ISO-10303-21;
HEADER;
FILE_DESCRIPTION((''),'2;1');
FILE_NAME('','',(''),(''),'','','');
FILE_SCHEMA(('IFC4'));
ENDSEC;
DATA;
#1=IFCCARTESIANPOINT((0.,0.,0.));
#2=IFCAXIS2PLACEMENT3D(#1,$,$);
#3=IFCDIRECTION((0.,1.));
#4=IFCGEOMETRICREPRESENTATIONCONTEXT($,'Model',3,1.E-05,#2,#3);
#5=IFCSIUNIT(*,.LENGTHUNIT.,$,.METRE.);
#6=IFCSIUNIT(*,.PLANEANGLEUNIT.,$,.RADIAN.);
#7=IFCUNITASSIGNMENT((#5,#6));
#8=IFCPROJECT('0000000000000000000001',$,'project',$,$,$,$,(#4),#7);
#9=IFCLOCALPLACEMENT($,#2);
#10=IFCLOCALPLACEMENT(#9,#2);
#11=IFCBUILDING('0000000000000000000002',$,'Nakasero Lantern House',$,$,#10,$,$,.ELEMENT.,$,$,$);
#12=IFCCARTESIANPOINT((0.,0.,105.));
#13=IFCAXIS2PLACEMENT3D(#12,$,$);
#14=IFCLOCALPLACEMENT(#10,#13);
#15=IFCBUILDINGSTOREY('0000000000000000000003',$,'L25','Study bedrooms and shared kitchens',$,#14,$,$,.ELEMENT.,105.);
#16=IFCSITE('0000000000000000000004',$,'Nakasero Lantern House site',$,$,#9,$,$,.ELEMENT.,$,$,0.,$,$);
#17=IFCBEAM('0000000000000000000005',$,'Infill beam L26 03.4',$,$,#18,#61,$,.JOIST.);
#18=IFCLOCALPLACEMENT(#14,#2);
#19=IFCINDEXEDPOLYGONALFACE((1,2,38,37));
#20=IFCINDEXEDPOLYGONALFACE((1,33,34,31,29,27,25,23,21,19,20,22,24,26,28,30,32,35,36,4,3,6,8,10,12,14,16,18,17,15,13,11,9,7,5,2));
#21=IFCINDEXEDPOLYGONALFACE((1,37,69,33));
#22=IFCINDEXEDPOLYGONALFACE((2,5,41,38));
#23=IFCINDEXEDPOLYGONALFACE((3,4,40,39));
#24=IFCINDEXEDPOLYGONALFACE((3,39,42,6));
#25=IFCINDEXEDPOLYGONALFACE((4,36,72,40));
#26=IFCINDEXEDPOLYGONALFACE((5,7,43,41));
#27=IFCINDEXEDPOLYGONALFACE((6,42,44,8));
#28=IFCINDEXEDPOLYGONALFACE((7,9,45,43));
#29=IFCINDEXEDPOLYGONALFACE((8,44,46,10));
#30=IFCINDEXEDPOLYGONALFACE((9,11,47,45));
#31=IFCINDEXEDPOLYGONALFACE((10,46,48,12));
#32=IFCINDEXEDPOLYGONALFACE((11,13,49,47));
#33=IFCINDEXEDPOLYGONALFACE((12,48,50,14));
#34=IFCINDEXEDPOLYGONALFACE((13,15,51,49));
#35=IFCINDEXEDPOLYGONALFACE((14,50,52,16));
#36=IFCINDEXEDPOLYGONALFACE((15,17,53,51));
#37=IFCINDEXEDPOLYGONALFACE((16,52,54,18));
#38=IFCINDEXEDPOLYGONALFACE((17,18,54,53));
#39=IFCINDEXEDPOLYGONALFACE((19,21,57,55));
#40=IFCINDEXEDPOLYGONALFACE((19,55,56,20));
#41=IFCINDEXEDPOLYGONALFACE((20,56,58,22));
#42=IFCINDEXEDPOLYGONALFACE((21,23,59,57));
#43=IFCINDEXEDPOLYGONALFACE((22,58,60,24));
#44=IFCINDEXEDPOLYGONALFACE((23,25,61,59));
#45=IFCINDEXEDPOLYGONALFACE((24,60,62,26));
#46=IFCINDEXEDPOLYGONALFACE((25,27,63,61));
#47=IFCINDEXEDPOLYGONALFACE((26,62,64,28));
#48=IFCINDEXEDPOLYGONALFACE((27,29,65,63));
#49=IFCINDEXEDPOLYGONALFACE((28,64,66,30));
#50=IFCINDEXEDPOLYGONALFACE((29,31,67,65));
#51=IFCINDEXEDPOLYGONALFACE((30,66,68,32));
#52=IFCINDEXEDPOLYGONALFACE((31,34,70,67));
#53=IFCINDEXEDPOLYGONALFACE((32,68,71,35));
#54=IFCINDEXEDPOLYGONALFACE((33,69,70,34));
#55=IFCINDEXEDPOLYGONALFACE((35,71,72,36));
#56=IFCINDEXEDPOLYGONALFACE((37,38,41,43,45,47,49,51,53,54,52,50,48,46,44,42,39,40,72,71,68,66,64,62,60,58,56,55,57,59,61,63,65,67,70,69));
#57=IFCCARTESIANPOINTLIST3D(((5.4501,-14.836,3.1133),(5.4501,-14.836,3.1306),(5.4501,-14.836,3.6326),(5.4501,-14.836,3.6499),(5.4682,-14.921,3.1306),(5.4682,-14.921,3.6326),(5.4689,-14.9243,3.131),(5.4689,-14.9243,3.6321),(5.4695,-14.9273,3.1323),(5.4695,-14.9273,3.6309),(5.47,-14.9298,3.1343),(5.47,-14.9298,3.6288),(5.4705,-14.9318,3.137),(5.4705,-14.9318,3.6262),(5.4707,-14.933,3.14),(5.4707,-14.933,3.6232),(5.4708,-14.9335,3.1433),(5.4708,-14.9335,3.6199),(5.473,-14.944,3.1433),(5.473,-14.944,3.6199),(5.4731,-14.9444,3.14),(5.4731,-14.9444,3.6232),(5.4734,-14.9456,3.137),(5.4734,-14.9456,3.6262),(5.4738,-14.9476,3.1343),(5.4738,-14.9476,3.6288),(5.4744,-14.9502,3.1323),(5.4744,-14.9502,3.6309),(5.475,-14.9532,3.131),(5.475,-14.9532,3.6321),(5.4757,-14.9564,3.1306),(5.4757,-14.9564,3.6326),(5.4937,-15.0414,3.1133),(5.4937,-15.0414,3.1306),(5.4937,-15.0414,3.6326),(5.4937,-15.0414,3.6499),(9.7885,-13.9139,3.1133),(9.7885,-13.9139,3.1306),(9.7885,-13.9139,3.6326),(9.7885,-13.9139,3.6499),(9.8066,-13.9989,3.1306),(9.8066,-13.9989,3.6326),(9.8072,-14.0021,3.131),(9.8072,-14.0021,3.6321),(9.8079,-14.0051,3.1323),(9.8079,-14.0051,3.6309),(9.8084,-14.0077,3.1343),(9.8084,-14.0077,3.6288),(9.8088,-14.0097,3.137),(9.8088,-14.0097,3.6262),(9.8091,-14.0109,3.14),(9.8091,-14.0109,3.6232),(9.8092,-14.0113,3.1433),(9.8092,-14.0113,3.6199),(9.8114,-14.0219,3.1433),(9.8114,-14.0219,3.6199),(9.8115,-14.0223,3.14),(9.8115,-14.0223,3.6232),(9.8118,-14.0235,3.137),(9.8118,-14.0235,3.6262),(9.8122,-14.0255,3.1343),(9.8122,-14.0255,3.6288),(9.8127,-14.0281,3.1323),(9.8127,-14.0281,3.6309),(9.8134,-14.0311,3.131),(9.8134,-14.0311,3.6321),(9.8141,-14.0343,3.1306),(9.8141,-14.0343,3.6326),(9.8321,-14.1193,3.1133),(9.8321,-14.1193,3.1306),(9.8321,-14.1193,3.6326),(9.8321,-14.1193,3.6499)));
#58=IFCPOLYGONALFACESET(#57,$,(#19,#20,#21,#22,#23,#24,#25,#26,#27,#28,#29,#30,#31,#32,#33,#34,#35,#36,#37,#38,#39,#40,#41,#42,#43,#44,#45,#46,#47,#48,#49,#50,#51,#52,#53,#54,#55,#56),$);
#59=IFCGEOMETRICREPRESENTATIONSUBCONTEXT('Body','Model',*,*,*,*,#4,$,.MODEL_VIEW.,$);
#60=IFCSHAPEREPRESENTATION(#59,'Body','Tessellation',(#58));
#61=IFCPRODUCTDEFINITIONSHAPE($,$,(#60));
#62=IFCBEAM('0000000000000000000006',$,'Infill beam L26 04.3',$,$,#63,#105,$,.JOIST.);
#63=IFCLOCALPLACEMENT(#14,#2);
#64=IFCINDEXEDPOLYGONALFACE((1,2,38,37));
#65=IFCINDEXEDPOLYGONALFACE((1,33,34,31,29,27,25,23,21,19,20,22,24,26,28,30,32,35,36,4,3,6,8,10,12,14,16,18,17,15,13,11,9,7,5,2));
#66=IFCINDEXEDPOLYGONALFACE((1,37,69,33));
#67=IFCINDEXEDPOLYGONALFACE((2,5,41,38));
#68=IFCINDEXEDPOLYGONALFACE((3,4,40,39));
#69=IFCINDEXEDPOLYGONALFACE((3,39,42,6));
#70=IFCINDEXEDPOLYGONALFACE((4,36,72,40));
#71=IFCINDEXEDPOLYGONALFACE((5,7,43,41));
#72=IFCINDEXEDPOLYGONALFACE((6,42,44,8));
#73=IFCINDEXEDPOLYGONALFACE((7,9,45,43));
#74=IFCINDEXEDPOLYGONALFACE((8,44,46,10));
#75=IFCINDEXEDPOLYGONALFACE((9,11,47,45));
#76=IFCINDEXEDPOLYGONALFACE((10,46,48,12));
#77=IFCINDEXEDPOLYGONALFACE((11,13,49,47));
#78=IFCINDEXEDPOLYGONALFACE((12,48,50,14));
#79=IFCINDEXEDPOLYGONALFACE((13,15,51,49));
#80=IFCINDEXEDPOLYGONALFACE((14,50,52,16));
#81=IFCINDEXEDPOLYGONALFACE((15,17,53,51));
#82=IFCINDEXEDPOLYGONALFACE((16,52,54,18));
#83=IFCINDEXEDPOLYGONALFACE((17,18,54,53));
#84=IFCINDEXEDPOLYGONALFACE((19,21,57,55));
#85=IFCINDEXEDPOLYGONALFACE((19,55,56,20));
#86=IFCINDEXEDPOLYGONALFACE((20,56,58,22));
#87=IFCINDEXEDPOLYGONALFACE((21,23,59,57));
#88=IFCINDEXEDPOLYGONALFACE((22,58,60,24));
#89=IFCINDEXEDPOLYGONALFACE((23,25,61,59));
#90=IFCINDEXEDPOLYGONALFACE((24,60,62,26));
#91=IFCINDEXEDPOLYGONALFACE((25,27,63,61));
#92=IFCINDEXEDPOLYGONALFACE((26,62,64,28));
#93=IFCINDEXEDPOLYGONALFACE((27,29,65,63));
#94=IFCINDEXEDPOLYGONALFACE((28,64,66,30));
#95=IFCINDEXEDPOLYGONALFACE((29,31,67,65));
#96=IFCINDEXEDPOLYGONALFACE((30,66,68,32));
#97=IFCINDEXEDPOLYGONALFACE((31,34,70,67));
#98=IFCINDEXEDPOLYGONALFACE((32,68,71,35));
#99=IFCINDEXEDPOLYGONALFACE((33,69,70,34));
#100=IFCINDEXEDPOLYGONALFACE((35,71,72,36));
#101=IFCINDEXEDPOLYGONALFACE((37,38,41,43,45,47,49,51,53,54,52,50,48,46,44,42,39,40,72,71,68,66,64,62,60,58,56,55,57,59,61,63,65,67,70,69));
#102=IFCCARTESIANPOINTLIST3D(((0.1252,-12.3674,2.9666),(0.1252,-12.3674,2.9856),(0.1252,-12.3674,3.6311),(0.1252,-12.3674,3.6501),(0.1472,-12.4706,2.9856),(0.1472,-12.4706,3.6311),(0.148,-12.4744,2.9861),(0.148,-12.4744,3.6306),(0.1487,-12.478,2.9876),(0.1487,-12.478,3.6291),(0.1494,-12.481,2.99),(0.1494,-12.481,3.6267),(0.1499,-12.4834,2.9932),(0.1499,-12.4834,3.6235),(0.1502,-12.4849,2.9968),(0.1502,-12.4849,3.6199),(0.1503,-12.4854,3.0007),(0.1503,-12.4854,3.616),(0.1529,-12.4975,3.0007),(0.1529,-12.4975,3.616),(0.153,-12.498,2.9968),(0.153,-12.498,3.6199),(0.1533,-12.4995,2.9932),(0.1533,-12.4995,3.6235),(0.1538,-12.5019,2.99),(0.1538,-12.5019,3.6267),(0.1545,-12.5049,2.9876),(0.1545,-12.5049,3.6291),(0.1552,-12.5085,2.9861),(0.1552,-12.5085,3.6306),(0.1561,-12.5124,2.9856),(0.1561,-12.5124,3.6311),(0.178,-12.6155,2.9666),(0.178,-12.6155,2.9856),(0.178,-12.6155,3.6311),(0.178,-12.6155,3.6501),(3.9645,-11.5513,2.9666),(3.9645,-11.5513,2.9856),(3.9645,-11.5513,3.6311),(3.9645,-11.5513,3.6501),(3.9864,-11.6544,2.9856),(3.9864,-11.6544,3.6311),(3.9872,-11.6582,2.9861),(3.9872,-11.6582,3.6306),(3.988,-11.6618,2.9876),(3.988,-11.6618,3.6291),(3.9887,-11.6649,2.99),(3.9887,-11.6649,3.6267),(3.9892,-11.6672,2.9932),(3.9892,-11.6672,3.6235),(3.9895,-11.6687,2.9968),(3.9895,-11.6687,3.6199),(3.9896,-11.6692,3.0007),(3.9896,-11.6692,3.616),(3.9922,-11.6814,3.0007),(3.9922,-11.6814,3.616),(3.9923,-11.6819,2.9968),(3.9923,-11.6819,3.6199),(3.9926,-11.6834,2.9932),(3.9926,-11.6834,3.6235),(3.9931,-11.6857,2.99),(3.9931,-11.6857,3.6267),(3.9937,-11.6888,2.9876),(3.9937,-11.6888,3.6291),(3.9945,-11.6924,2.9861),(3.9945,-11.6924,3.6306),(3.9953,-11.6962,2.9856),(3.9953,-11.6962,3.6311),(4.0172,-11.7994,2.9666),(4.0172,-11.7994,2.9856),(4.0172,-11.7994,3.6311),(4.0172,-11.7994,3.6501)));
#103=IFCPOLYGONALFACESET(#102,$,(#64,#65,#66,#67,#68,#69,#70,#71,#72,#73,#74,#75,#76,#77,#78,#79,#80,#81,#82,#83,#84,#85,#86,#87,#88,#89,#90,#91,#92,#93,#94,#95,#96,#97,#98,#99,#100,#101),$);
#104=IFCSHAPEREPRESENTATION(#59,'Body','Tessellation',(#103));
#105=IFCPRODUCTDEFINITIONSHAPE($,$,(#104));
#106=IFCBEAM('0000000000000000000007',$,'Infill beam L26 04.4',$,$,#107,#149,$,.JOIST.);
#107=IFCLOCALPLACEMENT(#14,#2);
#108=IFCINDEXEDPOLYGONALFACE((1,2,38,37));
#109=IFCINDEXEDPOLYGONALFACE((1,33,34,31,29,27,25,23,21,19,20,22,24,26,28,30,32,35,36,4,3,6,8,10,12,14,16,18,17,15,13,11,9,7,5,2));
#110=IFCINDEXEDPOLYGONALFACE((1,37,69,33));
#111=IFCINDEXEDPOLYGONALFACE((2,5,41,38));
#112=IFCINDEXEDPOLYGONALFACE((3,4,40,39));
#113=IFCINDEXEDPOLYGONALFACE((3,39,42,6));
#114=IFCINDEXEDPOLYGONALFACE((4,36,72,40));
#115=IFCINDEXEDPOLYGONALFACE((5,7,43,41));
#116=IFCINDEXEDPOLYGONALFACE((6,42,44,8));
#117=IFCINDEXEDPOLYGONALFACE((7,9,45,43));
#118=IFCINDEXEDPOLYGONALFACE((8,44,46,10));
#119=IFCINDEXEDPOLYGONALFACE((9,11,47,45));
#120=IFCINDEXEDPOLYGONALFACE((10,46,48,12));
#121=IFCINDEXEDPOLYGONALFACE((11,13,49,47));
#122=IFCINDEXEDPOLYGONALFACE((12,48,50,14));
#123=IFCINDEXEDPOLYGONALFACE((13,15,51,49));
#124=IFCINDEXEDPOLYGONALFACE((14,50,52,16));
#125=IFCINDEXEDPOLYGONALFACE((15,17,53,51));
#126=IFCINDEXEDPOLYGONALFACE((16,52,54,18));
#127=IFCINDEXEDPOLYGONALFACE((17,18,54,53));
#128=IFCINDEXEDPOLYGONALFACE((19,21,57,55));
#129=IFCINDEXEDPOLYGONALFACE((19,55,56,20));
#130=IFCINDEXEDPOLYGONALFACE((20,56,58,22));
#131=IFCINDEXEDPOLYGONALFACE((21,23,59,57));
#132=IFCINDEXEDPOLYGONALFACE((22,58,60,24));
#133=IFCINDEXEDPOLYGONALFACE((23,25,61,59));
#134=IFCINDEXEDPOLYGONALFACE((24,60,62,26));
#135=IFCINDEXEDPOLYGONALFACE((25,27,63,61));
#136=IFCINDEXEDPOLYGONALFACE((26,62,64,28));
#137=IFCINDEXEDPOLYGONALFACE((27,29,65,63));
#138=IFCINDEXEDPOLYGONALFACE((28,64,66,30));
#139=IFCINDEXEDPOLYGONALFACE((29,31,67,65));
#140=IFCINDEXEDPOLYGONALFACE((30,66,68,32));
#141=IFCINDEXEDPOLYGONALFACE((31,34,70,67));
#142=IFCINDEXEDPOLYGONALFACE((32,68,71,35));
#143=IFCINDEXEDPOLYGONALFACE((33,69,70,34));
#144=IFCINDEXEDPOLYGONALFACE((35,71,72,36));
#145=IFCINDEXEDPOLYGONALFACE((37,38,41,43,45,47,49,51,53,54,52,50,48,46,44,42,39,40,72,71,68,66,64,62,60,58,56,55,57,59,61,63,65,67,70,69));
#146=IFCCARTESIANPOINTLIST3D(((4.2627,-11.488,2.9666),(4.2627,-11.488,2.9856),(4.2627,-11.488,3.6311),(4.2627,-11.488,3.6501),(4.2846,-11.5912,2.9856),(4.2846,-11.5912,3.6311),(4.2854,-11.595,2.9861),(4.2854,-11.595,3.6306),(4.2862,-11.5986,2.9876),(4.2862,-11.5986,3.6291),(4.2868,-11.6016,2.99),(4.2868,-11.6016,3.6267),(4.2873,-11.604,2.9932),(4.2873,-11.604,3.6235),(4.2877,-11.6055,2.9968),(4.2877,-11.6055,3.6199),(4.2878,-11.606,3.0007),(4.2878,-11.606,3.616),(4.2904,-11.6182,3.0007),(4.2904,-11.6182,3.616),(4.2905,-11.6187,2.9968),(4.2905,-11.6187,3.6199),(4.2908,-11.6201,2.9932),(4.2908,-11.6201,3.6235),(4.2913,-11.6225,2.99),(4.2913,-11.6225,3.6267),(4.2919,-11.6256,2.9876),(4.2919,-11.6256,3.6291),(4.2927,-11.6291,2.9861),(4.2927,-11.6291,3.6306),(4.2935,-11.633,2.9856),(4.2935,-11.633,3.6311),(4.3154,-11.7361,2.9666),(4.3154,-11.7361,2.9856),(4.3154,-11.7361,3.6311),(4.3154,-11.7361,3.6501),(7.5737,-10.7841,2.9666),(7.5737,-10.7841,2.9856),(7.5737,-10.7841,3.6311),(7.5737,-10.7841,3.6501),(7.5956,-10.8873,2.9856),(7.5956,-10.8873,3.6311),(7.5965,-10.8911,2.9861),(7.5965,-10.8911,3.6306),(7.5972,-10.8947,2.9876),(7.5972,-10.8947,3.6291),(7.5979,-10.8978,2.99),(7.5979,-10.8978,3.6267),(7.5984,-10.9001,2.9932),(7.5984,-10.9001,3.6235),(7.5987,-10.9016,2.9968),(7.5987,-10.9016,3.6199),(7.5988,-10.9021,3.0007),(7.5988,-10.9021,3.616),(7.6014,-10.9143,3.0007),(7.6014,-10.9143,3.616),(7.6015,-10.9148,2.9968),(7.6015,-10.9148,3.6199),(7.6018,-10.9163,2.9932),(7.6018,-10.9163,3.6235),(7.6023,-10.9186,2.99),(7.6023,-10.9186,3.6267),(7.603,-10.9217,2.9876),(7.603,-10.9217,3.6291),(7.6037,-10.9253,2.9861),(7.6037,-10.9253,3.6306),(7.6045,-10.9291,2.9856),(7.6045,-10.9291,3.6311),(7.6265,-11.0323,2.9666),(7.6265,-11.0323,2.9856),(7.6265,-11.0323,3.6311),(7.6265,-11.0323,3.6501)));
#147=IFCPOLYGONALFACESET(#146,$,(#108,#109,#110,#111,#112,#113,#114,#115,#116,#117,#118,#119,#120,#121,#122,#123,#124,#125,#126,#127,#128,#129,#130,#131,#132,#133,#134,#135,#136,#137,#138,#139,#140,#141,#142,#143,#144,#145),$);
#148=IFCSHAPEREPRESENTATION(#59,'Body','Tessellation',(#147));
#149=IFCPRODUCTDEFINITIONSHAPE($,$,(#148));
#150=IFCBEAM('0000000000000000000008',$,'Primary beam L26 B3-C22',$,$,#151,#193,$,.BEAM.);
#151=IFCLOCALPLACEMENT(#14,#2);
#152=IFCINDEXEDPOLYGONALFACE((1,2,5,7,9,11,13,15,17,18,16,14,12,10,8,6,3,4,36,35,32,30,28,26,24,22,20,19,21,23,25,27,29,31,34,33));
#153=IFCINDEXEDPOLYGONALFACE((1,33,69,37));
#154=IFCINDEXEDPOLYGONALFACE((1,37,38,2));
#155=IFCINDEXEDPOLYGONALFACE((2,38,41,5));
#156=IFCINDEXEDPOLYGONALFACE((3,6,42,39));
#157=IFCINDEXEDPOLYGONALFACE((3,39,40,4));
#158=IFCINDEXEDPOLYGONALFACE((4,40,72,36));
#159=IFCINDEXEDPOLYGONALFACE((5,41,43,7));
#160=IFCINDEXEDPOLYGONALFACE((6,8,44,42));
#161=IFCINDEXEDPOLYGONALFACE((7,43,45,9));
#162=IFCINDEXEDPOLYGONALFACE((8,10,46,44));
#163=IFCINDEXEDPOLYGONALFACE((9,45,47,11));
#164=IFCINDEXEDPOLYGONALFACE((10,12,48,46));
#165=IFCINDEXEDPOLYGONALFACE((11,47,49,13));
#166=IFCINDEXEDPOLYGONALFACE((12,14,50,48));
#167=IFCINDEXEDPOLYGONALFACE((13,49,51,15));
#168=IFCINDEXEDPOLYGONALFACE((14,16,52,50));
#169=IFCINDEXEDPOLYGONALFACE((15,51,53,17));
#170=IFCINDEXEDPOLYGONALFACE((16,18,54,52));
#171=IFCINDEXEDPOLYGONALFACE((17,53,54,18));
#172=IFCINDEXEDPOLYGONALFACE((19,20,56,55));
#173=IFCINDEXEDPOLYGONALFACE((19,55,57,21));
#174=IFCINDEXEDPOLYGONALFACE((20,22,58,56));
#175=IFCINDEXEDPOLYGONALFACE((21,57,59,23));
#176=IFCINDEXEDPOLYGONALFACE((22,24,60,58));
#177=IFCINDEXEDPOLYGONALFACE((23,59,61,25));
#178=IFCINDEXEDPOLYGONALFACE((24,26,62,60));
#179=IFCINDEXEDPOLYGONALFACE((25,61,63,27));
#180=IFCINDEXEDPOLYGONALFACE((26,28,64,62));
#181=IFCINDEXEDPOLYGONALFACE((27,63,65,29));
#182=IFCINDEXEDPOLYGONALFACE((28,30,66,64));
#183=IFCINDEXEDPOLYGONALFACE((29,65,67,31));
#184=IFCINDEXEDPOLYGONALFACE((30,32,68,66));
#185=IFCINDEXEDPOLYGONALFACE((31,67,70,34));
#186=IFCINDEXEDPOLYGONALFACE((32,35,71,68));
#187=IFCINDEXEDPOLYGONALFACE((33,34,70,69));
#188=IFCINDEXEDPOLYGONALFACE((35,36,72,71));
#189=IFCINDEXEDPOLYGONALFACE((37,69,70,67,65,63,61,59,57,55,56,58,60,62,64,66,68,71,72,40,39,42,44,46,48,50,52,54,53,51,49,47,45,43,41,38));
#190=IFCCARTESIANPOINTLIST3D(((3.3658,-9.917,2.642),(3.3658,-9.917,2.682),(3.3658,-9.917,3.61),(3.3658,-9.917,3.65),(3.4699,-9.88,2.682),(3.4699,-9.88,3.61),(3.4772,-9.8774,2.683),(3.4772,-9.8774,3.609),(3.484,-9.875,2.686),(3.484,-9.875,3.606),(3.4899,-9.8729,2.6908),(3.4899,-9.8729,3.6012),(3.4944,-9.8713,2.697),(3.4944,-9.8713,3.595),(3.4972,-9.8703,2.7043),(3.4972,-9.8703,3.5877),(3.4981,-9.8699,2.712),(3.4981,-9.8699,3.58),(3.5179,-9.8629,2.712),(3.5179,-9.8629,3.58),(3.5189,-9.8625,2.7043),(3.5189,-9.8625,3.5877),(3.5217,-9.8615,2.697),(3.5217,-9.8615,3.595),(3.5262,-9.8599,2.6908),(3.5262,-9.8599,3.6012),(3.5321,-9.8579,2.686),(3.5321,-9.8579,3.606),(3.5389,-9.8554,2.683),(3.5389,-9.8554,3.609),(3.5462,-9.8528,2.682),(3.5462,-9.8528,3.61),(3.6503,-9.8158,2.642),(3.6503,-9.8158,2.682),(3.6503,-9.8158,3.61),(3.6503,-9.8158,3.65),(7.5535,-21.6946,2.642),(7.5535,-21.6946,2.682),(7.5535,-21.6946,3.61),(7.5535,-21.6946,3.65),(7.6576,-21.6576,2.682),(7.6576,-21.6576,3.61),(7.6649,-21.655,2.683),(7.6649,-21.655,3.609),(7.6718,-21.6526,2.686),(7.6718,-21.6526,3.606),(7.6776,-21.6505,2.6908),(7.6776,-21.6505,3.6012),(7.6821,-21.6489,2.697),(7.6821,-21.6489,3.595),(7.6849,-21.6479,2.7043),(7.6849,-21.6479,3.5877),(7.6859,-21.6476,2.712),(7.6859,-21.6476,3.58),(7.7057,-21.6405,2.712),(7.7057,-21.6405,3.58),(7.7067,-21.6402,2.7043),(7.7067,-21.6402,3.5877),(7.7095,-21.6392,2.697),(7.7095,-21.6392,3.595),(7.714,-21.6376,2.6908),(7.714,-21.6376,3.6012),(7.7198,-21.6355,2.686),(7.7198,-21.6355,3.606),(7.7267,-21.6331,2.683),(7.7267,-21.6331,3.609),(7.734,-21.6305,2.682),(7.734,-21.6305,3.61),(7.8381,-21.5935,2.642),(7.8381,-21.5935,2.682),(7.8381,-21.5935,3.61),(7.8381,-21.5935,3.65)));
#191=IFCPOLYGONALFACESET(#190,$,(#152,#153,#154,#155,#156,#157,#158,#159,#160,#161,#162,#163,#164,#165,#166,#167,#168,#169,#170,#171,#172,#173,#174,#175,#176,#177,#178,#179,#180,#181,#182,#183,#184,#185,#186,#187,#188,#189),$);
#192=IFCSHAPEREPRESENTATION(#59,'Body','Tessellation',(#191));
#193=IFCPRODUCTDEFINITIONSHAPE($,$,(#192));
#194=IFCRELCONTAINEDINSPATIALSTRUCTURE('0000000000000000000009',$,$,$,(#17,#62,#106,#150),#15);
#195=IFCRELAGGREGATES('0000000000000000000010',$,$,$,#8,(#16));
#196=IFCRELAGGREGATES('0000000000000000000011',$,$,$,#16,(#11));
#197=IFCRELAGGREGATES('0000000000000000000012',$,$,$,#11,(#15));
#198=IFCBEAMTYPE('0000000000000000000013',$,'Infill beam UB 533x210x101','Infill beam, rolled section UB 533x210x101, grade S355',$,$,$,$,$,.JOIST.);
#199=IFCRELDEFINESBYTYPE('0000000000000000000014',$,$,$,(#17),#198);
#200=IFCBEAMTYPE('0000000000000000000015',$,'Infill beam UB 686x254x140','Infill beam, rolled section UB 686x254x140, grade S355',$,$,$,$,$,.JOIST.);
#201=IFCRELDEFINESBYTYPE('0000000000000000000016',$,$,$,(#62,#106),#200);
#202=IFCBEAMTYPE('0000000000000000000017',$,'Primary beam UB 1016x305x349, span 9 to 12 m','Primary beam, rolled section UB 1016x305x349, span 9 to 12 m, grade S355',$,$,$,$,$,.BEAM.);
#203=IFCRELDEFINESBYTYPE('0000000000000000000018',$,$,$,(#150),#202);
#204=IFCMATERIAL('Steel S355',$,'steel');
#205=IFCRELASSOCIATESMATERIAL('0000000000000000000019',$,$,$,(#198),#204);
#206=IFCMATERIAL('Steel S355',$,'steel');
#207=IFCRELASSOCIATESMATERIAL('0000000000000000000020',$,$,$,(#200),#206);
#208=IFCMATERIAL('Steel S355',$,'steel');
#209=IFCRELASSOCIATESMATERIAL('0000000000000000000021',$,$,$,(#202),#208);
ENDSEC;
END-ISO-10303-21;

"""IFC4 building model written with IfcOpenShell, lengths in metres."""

from ifc_helpers import new_model, si_unit, direction, frame, origin, origin_2d, place, context, subcontext, project, spatial, i_section, extrude, material, material_profile, profile_set, type_object, element, save


model = new_model("IFC4")

# Units and contexts
model_context = context("Model", 3, precision=1e-05, world=origin(), true_north=direction((0.0, 1.0)))
body_context = subcontext(model_context, "Body", "Model", "MODEL_VIEW")
ifc_project = project(units=[si_unit("LENGTHUNIT", "METRE"), si_unit("PLANEANGLEUNIT", "RADIAN")], contexts=[model_context])

# Site, building, storey
site_placement = place(None, origin())
site = spatial("IfcSite", under=ifc_project, at=site_placement, Name="Nakasero Lantern House site", CompositionType="ELEMENT", RefElevation=0.0)
building_placement = place(site_placement, origin())
building = spatial("IfcBuilding", under=site, at=building_placement, Name="Nakasero Lantern House", CompositionType="ELEMENT")
storey_placement = place(building_placement, frame((0.0, 0.0, 105.0)))
storey = spatial("IfcBuildingStorey", under=building, at=storey_placement, Name="L25", Description="Study bedrooms and shared kitchens", CompositionType="ELEMENT", Elevation=105.0)

# Beams
ifc_material_1 = material(Name="Steel S355", Category="steel")
ifc_material_profile_1 = material_profile(ifc_material_1, i_section(OverallWidth=0.21, OverallDepth=0.5366, WebThickness=0.0107, FlangeThickness=0.0173, FilletRadius=0.0127, at=origin_2d()), Name="UB 533x210x101")
ifc_profile_set_1 = profile_set([ifc_material_profile_1], Name="Steel S355")
beam_type_1 = type_object("IfcBeamType", Name="Infill beam UB 533x210x101", Description="Infill beam, rolled section UB 533x210x101, grade S355", PredefinedType="JOIST", material=ifc_profile_set_1)
beam_1_placement = place(storey_placement, frame((5.4719, -14.9387, 3.3816), z_axis=(0.978149, 0.207905, 0.0), x_axis=(-0.207905, 0.978149, 0.0)))
element("IfcBeam", 1, at=beam_1_placement, inside=storey, type_object=beam_type_1, Name="Infill beam L26 03.4", PredefinedType="JOIST", context=body_context, shape_type="SweptSolid", body=[
    extrude(i_section(OverallWidth=0.21, OverallDepth=0.5366, WebThickness=0.0107, FlangeThickness=0.0173, FilletRadius=0.0127, at=origin_2d()), origin(), (0.0, 0.0, 1.0), 4.4353),
])
ifc_material_2 = material(Name="Steel S355", Category="steel")
ifc_material_profile_2 = material_profile(ifc_material_2, i_section(OverallWidth=0.2537, OverallDepth=0.6836, WebThickness=0.0125, FlangeThickness=0.019, FilletRadius=0.0151, at=origin_2d()), Name="UB 686x254x140")
ifc_profile_set_2 = profile_set([ifc_material_profile_2], Name="Steel S355")
beam_type_2 = type_object("IfcBeamType", Name="Infill beam UB 686x254x140", Description="Infill beam, rolled section UB 686x254x140, grade S355", PredefinedType="JOIST", material=ifc_profile_set_2)
beam_2_placement = place(storey_placement, frame((0.1516, -12.4915, 3.3083), z_axis=(0.978143, 0.207932, 0.0), x_axis=(-0.207932, 0.978143, 0.0)))
element("IfcBeam", 2, at=beam_2_placement, inside=storey, type_object=beam_type_2, Name="Infill beam L26 04.3", PredefinedType="JOIST", context=body_context, shape_type="SweptSolid", body=[
    extrude(i_section(OverallWidth=0.2537, OverallDepth=0.6836, WebThickness=0.0125, FlangeThickness=0.019, FilletRadius=0.0151, at=origin_2d()), origin(), (0.0, 0.0, 1.0), 3.925),
])
beam_3_placement = place(storey_placement, frame((4.2891, -11.6121, 3.3083), z_axis=(0.978143, 0.207933, 0.0), x_axis=(-0.207933, 0.978143, 0.0)))
element("IfcBeam", 3, at=beam_3_placement, inside=storey, type_object=beam_type_2, Name="Infill beam L26 04.4", PredefinedType="JOIST", context=body_context, shape_type="SweptSolid", body=[
    extrude(i_section(OverallWidth=0.2537, OverallDepth=0.6836, WebThickness=0.0125, FlangeThickness=0.019, FilletRadius=0.0151, at=origin_2d()), origin(), (0.0, 0.0, 1.0), 3.385),
])
ifc_material_3 = material(Name="Steel S355", Category="steel")
ifc_material_profile_3 = material_profile(ifc_material_3, i_section(OverallWidth=0.302, OverallDepth=1.0081, WebThickness=0.021, FlangeThickness=0.04, FilletRadius=0.03, at=origin_2d()), Name="UB 1016x305x349")
ifc_profile_set_3 = profile_set([ifc_material_profile_3], Name="Steel S355")
beam_type_3 = type_object("IfcBeamType", Name="Primary beam UB 1016x305x349, span 9 to 12 m", Description="Primary beam, rolled section UB 1016x305x349, span 9 to 12 m, grade S355", PredefinedType="BEAM", material=ifc_profile_set_3)
beam_4_placement = place(storey_placement, frame((7.6958, -21.644, 3.146), z_axis=(-0.335021, 0.942211, 0.0), x_axis=(-0.942211, -0.335021, 0.0)))
element("IfcBeam", 4, at=beam_4_placement, inside=storey, type_object=beam_type_3, Name="Primary beam L26 B3-C22", PredefinedType="BEAM", context=body_context, shape_type="SweptSolid", body=[
    extrude(i_section(OverallWidth=0.302, OverallDepth=1.0081, WebThickness=0.021, FlangeThickness=0.04, FilletRadius=0.03, at=origin_2d()), origin(), (0.0, 0.0, 1.0), 12.5),
])

save(model, "model.ifc")
